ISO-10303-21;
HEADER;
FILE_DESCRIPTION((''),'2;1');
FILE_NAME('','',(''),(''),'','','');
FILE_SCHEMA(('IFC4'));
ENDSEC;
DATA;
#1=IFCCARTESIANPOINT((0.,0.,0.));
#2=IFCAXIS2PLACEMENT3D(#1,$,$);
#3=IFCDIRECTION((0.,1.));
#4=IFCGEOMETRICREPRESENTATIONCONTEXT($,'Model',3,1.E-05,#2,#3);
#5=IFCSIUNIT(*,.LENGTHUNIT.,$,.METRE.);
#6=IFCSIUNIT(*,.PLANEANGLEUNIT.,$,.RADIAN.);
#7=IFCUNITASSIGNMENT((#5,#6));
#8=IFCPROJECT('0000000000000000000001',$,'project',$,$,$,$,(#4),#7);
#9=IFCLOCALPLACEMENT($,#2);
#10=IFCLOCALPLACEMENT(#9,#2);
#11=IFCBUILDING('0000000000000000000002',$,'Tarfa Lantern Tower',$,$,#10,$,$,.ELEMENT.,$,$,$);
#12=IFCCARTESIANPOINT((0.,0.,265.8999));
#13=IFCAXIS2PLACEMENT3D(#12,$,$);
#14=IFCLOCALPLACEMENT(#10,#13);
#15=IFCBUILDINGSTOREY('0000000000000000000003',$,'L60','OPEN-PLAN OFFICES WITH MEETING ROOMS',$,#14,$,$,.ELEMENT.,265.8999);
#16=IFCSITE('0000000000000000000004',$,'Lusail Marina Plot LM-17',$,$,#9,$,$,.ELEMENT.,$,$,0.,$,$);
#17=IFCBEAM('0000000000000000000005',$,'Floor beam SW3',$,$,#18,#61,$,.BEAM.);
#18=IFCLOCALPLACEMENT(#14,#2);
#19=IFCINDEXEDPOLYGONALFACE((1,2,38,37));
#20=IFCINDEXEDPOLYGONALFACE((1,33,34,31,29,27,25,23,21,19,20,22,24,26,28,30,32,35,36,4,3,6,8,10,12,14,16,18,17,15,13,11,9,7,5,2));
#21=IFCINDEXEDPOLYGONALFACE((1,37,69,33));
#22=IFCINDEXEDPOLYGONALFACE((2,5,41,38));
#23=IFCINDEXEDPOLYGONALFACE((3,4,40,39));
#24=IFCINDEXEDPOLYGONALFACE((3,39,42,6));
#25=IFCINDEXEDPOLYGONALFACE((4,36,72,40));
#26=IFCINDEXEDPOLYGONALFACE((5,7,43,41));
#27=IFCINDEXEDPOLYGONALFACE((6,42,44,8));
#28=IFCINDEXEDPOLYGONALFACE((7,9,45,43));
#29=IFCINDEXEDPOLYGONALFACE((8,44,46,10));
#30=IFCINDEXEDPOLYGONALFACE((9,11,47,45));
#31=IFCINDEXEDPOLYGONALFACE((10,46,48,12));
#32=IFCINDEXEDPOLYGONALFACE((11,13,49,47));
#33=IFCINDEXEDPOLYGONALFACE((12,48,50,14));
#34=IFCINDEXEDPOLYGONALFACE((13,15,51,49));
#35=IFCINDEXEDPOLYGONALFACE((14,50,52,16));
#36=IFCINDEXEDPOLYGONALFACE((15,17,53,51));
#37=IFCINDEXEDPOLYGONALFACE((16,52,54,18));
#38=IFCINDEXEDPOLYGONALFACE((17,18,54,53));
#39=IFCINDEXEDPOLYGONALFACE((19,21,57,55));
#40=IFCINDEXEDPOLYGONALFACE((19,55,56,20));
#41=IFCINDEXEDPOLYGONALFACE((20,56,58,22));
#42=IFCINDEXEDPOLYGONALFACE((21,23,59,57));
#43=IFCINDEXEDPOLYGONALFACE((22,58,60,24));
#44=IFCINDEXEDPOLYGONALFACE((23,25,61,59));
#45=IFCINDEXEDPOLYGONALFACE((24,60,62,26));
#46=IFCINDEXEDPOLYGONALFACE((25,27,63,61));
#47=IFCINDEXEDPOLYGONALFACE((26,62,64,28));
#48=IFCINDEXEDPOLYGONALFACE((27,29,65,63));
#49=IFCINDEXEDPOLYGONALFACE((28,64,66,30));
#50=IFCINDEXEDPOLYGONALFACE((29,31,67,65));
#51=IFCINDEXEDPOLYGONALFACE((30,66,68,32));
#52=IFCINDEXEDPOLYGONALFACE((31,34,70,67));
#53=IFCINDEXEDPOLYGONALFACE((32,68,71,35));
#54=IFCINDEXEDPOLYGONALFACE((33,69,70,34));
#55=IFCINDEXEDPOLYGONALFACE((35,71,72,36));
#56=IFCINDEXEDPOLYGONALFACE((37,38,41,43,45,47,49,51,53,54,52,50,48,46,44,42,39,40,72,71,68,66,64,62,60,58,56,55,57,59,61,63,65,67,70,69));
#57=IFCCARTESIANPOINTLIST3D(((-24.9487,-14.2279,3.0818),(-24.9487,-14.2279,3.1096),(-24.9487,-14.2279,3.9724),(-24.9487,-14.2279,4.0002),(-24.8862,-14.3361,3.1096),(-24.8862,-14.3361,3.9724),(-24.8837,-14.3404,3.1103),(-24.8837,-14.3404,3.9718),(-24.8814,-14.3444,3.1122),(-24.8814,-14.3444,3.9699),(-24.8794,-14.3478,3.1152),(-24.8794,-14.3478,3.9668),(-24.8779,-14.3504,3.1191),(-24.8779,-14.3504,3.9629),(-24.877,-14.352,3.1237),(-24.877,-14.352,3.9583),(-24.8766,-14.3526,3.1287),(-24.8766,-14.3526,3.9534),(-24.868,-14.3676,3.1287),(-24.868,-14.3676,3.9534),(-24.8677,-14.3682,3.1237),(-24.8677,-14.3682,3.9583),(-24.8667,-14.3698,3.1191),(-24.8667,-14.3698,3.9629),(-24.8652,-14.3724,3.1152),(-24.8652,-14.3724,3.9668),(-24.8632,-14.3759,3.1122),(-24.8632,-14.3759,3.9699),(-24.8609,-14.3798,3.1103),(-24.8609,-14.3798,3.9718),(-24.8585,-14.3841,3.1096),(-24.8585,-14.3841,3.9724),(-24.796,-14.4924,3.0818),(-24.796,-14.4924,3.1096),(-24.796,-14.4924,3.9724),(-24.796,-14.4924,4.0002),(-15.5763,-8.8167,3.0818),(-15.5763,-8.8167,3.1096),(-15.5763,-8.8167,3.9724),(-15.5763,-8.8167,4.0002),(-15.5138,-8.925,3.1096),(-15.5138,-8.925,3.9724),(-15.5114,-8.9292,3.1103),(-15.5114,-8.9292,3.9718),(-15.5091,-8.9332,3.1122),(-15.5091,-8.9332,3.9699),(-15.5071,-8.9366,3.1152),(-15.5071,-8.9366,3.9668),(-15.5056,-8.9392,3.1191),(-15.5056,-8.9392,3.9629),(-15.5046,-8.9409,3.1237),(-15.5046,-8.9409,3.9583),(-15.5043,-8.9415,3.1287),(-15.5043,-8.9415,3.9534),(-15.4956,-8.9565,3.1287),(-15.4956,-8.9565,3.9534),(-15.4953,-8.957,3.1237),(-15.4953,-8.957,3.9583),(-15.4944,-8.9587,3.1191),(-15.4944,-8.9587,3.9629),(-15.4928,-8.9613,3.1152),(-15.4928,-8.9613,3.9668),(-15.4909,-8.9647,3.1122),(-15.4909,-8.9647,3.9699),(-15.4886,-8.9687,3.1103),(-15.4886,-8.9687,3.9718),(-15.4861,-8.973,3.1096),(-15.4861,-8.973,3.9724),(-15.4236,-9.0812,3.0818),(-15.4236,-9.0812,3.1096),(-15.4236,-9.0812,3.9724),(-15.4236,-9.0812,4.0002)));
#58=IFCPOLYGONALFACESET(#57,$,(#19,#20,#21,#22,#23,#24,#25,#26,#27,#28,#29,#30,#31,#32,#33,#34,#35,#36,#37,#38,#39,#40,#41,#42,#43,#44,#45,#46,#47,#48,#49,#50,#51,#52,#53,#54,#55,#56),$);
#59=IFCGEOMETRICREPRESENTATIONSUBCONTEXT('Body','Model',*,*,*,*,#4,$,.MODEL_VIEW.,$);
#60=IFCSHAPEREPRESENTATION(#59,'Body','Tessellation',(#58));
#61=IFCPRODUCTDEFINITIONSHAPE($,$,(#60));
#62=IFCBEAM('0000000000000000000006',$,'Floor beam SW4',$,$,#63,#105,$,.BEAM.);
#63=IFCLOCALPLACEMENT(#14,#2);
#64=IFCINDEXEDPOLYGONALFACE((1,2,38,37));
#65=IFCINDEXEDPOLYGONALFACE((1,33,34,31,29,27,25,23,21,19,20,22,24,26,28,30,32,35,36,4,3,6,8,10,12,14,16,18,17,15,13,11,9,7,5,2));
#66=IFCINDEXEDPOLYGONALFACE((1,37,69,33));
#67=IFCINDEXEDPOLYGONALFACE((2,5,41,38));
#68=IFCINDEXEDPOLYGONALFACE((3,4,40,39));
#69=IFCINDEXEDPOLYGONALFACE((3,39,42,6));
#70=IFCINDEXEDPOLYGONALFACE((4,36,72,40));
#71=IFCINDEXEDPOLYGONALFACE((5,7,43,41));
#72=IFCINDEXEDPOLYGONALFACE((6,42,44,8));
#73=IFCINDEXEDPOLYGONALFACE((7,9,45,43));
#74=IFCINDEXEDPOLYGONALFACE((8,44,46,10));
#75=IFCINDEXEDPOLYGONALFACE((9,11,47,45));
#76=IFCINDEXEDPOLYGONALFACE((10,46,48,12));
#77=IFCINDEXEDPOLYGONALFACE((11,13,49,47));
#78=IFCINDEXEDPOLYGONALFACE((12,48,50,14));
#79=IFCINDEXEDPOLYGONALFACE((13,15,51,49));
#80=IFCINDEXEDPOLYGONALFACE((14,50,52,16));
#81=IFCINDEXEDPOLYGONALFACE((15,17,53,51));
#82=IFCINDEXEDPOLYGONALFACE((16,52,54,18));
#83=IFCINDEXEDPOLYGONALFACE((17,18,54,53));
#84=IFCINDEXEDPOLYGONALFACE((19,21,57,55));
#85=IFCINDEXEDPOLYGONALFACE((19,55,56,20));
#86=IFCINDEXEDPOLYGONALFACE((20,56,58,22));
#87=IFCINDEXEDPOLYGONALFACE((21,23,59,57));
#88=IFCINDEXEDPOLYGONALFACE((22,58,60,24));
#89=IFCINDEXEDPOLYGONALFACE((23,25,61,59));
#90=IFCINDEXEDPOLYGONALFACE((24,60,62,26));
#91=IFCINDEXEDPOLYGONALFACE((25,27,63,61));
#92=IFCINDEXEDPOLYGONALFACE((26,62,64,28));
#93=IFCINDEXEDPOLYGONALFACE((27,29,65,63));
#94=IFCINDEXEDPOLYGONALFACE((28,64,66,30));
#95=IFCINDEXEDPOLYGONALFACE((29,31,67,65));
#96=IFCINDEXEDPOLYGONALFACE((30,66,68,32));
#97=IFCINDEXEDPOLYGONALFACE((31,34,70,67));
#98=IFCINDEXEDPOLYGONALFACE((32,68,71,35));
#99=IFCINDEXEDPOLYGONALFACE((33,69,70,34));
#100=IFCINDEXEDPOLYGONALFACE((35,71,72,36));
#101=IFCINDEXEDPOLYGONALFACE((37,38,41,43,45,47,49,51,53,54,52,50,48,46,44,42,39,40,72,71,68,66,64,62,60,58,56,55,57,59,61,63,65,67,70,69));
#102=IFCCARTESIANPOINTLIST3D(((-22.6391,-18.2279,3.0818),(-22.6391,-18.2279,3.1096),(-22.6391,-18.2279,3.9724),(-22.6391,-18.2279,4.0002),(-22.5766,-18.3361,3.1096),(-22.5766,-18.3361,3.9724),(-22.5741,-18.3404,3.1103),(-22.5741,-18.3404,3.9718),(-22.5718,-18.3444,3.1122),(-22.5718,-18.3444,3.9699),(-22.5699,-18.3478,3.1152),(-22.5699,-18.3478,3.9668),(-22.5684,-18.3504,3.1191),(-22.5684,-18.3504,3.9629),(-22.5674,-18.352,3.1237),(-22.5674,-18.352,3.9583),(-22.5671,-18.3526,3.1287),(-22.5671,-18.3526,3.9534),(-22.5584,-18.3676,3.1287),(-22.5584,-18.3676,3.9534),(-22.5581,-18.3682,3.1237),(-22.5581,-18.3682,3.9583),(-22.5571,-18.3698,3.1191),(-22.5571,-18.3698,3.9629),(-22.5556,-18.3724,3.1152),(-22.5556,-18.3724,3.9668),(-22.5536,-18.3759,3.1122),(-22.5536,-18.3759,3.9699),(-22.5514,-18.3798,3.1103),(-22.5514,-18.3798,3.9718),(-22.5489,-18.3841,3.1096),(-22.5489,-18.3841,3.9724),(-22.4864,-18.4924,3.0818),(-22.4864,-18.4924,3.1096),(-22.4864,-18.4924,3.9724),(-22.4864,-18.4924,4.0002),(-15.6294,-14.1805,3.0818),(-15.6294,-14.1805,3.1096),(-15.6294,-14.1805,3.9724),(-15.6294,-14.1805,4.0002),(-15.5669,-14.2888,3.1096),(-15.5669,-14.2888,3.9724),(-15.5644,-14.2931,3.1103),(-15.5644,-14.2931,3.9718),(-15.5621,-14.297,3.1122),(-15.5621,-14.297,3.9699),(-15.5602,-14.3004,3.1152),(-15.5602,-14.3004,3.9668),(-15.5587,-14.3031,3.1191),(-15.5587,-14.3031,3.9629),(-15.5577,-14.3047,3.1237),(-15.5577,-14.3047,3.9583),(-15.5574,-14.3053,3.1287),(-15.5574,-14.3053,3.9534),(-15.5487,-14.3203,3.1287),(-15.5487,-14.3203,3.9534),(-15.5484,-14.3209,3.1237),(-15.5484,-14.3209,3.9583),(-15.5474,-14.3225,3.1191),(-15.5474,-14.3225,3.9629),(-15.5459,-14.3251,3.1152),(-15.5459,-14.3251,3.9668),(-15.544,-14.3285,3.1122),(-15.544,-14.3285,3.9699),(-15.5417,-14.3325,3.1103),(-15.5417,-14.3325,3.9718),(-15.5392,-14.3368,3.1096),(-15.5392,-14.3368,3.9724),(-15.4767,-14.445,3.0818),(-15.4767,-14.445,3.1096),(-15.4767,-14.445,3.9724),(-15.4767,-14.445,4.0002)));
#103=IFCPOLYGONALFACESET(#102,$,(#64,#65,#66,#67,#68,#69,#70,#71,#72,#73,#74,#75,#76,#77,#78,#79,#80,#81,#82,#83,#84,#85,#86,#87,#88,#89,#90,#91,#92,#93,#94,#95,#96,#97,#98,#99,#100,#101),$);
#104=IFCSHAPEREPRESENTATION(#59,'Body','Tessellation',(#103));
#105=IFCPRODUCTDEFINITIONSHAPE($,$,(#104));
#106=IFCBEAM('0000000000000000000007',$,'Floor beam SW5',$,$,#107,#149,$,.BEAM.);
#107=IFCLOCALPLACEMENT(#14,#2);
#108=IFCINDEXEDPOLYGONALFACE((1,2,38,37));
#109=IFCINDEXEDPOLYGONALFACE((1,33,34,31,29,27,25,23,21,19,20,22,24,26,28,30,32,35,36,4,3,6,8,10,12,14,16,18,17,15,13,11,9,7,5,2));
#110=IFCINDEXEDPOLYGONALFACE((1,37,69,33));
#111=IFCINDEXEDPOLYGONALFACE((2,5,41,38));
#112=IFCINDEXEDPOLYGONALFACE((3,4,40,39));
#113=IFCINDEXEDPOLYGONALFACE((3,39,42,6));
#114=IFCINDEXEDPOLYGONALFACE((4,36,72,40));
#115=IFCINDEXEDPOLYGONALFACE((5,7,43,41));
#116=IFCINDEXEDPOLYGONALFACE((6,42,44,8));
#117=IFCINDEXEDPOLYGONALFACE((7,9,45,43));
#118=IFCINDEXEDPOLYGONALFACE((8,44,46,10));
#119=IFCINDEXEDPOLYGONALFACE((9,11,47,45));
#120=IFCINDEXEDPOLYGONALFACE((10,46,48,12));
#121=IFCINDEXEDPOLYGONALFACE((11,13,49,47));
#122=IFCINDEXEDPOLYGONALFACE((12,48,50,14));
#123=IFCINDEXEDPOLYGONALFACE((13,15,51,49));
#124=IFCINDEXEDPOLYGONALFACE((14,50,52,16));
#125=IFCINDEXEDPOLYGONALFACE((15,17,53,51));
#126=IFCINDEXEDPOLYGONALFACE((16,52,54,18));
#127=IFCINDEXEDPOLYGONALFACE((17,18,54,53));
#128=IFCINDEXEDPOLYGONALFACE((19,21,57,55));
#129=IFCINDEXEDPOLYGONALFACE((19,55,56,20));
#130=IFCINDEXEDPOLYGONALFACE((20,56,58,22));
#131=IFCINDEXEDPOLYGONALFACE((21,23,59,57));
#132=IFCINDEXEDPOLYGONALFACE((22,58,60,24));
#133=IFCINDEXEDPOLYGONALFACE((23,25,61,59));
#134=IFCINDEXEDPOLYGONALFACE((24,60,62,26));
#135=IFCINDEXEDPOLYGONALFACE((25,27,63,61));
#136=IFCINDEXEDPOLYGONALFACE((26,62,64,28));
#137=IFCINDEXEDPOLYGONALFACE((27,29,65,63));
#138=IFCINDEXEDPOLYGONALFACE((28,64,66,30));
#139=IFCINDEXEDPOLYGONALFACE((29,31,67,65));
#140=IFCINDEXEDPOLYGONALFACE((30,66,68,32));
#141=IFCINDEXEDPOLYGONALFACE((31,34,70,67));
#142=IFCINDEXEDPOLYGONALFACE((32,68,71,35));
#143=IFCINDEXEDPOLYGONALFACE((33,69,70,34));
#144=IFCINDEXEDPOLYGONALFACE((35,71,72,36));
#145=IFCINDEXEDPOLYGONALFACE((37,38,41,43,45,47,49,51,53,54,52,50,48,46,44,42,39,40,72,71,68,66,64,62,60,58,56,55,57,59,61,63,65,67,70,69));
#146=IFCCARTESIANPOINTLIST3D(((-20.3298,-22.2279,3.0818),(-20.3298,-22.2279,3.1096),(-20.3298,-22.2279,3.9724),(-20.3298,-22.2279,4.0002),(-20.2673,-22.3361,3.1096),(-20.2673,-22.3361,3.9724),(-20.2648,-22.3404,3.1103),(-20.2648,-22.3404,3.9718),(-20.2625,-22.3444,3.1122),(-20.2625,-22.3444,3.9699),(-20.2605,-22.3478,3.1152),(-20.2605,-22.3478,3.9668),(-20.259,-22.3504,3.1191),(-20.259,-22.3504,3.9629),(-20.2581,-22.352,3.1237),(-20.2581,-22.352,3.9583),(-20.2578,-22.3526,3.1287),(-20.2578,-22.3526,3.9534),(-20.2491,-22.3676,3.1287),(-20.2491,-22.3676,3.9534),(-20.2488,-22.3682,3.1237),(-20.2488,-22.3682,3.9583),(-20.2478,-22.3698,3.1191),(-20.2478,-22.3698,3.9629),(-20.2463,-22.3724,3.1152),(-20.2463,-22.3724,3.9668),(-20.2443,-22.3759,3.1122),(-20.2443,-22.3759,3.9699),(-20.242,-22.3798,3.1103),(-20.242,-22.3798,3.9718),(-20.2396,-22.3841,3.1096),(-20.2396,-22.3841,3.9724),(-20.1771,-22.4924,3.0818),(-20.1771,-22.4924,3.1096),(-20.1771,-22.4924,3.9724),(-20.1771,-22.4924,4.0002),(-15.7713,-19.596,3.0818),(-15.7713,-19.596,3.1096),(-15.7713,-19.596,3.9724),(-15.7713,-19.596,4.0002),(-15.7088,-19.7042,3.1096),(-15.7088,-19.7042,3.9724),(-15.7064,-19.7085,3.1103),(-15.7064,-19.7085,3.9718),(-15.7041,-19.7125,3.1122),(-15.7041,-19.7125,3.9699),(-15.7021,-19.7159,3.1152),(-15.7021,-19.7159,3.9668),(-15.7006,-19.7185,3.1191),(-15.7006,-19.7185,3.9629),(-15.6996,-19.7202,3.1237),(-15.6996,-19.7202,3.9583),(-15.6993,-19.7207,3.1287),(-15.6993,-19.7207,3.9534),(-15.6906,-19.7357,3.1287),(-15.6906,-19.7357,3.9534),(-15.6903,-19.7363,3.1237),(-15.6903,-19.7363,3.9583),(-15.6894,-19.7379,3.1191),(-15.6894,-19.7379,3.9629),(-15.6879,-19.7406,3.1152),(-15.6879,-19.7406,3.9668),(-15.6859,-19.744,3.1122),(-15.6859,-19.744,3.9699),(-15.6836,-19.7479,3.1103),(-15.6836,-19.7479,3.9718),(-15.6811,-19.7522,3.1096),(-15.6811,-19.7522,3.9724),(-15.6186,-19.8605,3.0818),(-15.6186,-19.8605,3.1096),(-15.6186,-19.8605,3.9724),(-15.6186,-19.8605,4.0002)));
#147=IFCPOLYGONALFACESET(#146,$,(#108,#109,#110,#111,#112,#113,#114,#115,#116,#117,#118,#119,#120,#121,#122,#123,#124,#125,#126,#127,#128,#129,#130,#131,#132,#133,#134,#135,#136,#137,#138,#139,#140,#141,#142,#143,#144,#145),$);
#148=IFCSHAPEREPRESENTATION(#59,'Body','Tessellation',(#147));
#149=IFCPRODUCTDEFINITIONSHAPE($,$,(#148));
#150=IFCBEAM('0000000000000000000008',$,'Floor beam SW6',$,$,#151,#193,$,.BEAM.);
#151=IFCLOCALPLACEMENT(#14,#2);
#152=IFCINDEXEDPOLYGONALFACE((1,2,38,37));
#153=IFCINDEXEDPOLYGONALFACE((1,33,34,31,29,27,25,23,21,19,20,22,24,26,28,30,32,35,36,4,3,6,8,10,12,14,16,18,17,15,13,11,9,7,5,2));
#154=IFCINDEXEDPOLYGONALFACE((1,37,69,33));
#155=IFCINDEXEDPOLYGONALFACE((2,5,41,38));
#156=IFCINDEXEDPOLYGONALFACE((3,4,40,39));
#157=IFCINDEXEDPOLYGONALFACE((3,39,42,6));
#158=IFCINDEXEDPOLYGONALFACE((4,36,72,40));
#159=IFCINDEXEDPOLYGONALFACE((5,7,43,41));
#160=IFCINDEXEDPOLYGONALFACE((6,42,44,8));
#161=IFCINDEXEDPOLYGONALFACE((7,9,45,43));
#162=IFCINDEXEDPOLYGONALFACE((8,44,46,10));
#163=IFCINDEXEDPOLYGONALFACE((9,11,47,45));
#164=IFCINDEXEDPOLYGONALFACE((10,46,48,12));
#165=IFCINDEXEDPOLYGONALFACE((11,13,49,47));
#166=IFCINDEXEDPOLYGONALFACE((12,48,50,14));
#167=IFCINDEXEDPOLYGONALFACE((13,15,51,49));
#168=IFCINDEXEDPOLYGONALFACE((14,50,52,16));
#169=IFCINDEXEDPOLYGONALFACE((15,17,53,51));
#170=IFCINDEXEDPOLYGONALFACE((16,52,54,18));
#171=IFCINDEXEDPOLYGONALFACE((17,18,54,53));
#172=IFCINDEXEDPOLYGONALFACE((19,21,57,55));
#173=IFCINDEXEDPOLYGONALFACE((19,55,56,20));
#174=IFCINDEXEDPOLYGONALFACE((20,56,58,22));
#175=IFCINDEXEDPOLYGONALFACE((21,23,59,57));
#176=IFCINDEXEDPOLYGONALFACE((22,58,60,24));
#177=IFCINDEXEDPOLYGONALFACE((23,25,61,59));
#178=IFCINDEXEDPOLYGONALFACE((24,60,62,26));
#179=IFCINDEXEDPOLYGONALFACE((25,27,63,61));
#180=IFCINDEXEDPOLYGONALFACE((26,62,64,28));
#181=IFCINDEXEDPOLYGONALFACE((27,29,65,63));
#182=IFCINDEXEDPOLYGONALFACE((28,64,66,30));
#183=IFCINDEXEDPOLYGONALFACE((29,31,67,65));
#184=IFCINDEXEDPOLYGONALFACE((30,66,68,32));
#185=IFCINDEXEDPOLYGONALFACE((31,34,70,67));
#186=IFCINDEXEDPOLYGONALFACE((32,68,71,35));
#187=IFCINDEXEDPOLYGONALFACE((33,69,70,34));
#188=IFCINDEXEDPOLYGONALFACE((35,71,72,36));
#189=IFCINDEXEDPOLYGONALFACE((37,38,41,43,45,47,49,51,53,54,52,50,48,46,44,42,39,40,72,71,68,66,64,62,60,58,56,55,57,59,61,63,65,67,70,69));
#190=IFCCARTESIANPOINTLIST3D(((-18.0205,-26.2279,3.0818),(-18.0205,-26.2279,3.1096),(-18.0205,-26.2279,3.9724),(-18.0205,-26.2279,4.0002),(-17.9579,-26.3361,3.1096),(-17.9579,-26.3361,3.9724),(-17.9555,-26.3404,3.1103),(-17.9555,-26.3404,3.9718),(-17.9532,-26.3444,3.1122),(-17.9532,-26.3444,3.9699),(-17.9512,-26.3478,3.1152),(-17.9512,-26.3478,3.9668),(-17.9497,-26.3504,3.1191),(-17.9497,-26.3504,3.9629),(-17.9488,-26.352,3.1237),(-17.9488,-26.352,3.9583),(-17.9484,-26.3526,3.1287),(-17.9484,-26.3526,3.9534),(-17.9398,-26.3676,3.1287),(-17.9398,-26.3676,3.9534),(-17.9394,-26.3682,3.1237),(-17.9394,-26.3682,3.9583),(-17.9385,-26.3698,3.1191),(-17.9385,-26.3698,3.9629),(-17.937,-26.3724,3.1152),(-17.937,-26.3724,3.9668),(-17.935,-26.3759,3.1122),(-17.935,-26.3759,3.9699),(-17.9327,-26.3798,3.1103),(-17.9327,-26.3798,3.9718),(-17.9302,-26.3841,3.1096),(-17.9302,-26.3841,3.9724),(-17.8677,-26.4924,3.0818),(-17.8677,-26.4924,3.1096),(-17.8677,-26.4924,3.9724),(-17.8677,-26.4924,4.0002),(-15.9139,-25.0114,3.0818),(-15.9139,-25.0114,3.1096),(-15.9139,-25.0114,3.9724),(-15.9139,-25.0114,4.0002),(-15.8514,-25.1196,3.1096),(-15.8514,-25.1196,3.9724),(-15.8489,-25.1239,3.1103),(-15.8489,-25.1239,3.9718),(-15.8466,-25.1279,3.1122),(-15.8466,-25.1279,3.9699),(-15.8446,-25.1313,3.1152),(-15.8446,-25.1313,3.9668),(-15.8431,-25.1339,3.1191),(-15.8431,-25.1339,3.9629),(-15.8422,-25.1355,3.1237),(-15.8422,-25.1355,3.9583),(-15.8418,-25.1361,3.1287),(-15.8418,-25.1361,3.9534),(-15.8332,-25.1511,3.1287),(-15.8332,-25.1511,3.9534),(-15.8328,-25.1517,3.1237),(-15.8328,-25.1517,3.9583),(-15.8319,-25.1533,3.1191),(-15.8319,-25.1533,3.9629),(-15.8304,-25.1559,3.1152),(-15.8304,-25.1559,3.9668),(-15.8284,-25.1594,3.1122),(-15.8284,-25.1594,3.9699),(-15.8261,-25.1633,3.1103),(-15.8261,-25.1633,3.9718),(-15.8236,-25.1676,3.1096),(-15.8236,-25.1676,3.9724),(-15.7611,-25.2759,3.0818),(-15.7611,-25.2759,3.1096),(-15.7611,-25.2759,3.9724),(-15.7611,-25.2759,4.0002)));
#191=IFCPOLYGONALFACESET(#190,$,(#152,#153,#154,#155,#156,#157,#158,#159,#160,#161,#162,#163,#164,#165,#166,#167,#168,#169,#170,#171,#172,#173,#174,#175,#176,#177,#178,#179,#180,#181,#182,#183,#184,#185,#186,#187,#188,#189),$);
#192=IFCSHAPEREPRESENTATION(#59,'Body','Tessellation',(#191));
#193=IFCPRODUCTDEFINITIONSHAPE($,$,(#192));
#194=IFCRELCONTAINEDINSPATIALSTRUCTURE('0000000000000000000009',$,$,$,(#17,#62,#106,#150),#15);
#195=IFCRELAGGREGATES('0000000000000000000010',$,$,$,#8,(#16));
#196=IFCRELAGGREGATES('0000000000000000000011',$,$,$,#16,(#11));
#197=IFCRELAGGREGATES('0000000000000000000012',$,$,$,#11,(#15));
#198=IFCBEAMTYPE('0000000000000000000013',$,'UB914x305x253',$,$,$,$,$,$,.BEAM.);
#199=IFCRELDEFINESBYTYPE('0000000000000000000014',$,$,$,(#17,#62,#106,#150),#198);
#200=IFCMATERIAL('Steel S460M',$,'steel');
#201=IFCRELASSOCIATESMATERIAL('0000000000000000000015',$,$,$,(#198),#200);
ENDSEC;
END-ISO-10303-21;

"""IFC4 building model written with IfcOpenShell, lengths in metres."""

from ifc_helpers import new_model, si_unit, direction, frame, origin, origin_2d, place, context, subcontext, project, spatial, i_section, extrude, material, material_profile, profile_set, type_object, element, save


model = new_model("IFC4")

# Units and contexts
model_context = context("Model", 3, precision=1e-05, world=origin(), true_north=direction((0.0, 1.0)))
body_context = subcontext(model_context, "Body", "Model", "MODEL_VIEW")
ifc_project = project(units=[si_unit("LENGTHUNIT", "METRE"), si_unit("PLANEANGLEUNIT", "RADIAN")], contexts=[model_context])

# Site, building, storey
site_placement = place(None, origin())
site = spatial("IfcSite", under=ifc_project, at=site_placement, Name="Lusail Marina Plot LM-17", CompositionType="ELEMENT", RefElevation=0.0)
building_placement = place(site_placement, origin())
building = spatial("IfcBuilding", under=site, at=building_placement, Name="Tarfa Lantern Tower", CompositionType="ELEMENT")
storey_placement = place(building_placement, frame((0.0, 0.0, 265.8999)))
storey = spatial("IfcBuildingStorey", under=building, at=storey_placement, Name="L60", Description="OPEN-PLAN OFFICES WITH MEETING ROOMS", CompositionType="ELEMENT", Elevation=265.8999)

# Beams
ifc_material_1 = material(Name="Steel S460M", Category="steel")
ifc_material_profile_1 = material_profile(ifc_material_1, i_section(OverallWidth=0.3054, OverallDepth=0.9185, WebThickness=0.0173, FlangeThickness=0.0278, FilletRadius=0.019, at=origin_2d()), Name="UB914x305x253")
ifc_profile_set_1 = profile_set([ifc_material_profile_1], Name="Steel S460M")
beam_type_1 = type_object("IfcBeamType", Name="UB914x305x253", PredefinedType="BEAM", material=ifc_profile_set_1)
beam_1_placement = place(storey_placement, frame((-24.8723, -14.3601, 3.541), z_axis=(0.866024, 0.500002, 0.0), x_axis=(-0.500002, 0.866024, 0.0)))
element("IfcBeam", 1, at=beam_1_placement, inside=storey, type_object=beam_type_1, Name="Floor beam SW3", PredefinedType="BEAM", context=body_context, shape_type="SweptSolid", body=[
    extrude(i_section(OverallWidth=0.3054, OverallDepth=0.9185, WebThickness=0.0173, FlangeThickness=0.0278, FilletRadius=0.019, at=origin_2d()), origin(), (0.0, 0.0, 1.0), 10.8223),
])
beam_2_placement = place(storey_placement, frame((-22.5627, -18.3601, 3.541), z_axis=(0.866011, 0.500025, 0.0), x_axis=(-0.500025, 0.866011, 0.0)))
element("IfcBeam", 2, at=beam_2_placement, inside=storey, type_object=beam_type_1, Name="Floor beam SW4", PredefinedType="BEAM", context=body_context, shape_type="SweptSolid", body=[
    extrude(i_section(OverallWidth=0.3054, OverallDepth=0.9185, WebThickness=0.0173, FlangeThickness=0.0278, FilletRadius=0.019, at=origin_2d()), origin(), (0.0, 0.0, 1.0), 8.0942),
])
beam_3_placement = place(storey_placement, frame((-20.2534, -22.3601, 3.541), z_axis=(0.86602, 0.50001, 0.0), x_axis=(-0.50001, 0.86602, 0.0)))
element("IfcBeam", 3, at=beam_3_placement, inside=storey, type_object=beam_type_1, Name="Floor beam SW5", PredefinedType="BEAM", context=body_context, shape_type="SweptSolid", body=[
    extrude(i_section(OverallWidth=0.3054, OverallDepth=0.9185, WebThickness=0.0173, FlangeThickness=0.0278, FilletRadius=0.019, at=origin_2d()), origin(), (0.0, 0.0, 1.0), 5.2637),
])
beam_4_placement = place(storey_placement, frame((-17.9441, -26.3601, 3.541), z_axis=(0.86598, 0.500079, 0.0), x_axis=(-0.500079, 0.86598, 0.0)))
element("IfcBeam", 4, at=beam_4_placement, inside=storey, type_object=beam_type_1, Name="Floor beam SW6", PredefinedType="BEAM", context=body_context, shape_type="SweptSolid", body=[
    extrude(i_section(OverallWidth=0.3054, OverallDepth=0.9185, WebThickness=0.0173, FlangeThickness=0.0278, FilletRadius=0.019, at=origin_2d()), origin(), (0.0, 0.0, 1.0), 2.4326),
])

save(model, "model.ifc")
